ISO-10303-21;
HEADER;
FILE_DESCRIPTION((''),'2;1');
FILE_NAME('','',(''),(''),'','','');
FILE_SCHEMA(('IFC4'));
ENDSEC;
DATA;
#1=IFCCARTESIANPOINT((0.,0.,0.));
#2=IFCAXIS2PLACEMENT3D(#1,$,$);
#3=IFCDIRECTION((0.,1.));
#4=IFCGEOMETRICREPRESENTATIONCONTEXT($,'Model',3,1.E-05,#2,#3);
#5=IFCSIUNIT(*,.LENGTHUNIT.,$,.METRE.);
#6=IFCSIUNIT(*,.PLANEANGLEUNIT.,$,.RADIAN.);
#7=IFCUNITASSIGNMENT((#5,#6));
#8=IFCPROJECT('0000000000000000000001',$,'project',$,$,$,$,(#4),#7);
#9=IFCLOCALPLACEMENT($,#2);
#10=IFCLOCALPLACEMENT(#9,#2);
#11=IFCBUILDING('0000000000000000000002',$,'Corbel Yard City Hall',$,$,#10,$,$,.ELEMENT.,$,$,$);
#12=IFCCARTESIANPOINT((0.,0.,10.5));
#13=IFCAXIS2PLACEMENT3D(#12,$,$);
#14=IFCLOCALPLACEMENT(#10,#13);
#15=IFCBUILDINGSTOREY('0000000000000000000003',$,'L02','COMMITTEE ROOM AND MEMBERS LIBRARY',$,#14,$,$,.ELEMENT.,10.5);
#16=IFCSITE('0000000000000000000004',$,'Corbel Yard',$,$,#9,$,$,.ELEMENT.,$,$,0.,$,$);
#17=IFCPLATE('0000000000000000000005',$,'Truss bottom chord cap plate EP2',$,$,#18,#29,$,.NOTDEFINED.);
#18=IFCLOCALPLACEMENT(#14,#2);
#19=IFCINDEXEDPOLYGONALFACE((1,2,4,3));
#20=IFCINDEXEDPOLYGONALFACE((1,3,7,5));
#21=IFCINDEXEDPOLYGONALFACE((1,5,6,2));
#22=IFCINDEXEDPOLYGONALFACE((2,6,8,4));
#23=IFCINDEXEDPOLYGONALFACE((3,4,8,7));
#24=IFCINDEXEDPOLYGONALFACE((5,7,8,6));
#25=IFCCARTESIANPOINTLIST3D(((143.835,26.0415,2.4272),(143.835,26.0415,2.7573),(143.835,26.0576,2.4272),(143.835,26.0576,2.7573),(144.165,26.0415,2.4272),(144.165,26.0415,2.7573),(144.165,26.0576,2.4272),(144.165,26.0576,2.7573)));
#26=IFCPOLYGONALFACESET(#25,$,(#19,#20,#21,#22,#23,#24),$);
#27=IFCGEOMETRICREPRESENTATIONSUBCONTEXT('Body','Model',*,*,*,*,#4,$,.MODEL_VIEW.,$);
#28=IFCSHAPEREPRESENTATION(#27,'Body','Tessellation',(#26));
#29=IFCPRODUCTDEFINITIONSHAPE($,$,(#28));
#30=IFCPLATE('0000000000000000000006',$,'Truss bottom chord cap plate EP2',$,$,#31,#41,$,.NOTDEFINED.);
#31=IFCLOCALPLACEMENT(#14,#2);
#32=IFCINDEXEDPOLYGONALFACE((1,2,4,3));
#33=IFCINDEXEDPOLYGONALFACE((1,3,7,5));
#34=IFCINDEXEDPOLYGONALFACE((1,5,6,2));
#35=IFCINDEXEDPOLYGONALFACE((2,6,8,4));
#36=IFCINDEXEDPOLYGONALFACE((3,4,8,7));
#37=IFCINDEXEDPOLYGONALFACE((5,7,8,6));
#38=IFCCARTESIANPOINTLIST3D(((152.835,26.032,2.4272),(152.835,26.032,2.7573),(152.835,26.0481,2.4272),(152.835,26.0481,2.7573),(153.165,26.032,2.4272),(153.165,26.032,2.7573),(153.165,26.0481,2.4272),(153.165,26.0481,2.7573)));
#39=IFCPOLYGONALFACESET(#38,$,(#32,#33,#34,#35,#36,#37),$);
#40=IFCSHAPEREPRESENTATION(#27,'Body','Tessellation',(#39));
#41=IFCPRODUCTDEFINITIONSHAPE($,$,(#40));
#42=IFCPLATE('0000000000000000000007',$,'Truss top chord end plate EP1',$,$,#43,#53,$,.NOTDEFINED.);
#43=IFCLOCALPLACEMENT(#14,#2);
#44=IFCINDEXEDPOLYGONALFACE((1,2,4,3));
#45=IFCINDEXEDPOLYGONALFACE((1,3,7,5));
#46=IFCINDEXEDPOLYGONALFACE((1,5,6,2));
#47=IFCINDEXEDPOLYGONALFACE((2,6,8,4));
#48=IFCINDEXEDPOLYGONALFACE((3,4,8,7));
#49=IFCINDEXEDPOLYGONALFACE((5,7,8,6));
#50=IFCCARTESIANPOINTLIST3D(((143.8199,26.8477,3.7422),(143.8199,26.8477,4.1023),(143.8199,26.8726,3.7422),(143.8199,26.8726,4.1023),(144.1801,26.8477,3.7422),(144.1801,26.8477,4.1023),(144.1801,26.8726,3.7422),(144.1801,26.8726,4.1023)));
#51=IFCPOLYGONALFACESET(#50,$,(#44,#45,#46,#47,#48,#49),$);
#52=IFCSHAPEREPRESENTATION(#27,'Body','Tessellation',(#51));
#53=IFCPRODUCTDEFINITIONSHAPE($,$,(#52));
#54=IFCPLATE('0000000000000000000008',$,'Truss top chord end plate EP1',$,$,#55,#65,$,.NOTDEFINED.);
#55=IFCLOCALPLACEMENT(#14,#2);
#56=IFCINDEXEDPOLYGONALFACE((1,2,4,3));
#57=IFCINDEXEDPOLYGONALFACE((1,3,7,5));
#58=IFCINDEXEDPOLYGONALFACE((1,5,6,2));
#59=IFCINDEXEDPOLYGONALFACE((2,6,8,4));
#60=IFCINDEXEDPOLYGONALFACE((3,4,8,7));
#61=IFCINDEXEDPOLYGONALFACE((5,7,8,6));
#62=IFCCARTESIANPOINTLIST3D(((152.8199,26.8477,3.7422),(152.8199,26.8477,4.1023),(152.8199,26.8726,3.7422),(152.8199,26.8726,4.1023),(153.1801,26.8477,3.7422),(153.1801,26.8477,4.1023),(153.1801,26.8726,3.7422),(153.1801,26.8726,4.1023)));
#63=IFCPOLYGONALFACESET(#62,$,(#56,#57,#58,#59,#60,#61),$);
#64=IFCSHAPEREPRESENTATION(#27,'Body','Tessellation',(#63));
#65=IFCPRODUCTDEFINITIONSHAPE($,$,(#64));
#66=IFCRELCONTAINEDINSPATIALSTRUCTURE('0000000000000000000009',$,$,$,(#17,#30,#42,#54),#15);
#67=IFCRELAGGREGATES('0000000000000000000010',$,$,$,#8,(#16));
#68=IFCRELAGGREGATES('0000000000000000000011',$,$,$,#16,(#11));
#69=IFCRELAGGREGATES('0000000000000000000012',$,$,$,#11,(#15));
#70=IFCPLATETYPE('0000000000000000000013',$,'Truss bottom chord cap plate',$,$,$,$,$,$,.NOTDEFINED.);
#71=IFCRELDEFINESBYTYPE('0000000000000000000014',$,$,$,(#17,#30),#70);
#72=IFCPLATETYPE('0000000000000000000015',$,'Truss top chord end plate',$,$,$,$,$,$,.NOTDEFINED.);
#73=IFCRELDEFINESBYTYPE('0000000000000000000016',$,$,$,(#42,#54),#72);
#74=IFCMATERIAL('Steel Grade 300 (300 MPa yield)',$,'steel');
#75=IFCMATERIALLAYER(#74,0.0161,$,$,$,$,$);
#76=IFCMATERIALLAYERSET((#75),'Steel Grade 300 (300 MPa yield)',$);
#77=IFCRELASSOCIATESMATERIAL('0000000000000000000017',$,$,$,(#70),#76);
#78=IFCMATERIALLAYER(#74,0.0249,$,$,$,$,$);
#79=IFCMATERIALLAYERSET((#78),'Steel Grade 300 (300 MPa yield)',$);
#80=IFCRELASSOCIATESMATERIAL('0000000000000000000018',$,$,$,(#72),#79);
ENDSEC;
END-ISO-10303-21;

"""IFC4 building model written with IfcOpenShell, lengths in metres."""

from ifc_helpers import new_model, si_unit, direction, frame, origin, origin_2d, place, context, subcontext, project, spatial, rectangle, extrude, material, layer, layer_set, type_object, element, save


model = new_model("IFC4")

# Units and contexts
model_context = context("Model", 3, precision=1e-05, world=origin(), true_north=direction((0.0, 1.0)))
body_context = subcontext(model_context, "Body", "Model", "MODEL_VIEW")
ifc_project = project(units=[si_unit("LENGTHUNIT", "METRE"), si_unit("PLANEANGLEUNIT", "RADIAN")], contexts=[model_context])

# Site, building, storey
site_placement = place(None, origin())
site = spatial("IfcSite", under=ifc_project, at=site_placement, Name="Corbel Yard", CompositionType="ELEMENT", RefElevation=0.0)
building_placement = place(site_placement, origin())
building = spatial("IfcBuilding", under=site, at=building_placement, Name="Corbel Yard City Hall", CompositionType="ELEMENT")
storey_placement = place(building_placement, frame((0.0, 0.0, 10.5)))
storey = spatial("IfcBuildingStorey", under=building, at=storey_placement, Name="L02", Description="COMMITTEE ROOM AND MEMBERS LIBRARY", CompositionType="ELEMENT", Elevation=10.5)

# Shared definitions
ifc_material_1 = material(Name="Steel Grade 300 (300 MPa yield)", Category="steel")

# Plates
ifc_layer_1 = layer(ifc_material_1, 0.0161)
ifc_layer_set_1 = layer_set([ifc_layer_1], Name="Steel Grade 300 (300 MPa yield)")
plate_type_1 = type_object("IfcPlateType", Name="Truss bottom chord cap plate", PredefinedType="NOTDEFINED", material=ifc_layer_set_1)
for number, where, z_axis, x_axis, name in (
    (1, (144.0, 26.0496, 2.4272), (0.0, 0.0, 1.0), (1.0, 0.0, 0.0), "Truss bottom chord cap plate EP2"),
    (2, (153.0, 26.04, 2.4272), (0.0, 0.0, 1.0), (1.0, 0.0, 0.0), "Truss bottom chord cap plate EP2"),
):
    element("IfcPlate", number, at=place(storey_placement, frame(where, z_axis=z_axis, x_axis=x_axis)), inside=storey, type_object=plate_type_1, Name=name, PredefinedType="NOTDEFINED", context=body_context, shape_type="SweptSolid", body=[
        extrude(rectangle(XDim=0.3301, YDim=0.0161, at=origin_2d()), origin(), (0.0, 0.0, 1.0), 0.3301),
    ])
ifc_layer_2 = layer(ifc_material_1, 0.0249)
ifc_layer_set_2 = layer_set([ifc_layer_2], Name="Steel Grade 300 (300 MPa yield)")
plate_type_2 = type_object("IfcPlateType", Name="Truss top chord end plate", PredefinedType="NOTDEFINED", material=ifc_layer_set_2)
for number, where, z_axis, x_axis, name in (
    (3, (144.0, 26.8601, 3.7422), (0.0, 0.0, 1.0), (1.0, 0.0, 0.0), "Truss top chord end plate EP1"),
    (4, (153.0, 26.8601, 3.7422), (0.0, 0.0, 1.0), (1.0, 0.0, 0.0), "Truss top chord end plate EP1"),
):
    element("IfcPlate", number, at=place(storey_placement, frame(where, z_axis=z_axis, x_axis=x_axis)), inside=storey, type_object=plate_type_2, Name=name, PredefinedType="NOTDEFINED", context=body_context, shape_type="SweptSolid", body=[
        extrude(rectangle(XDim=0.3601, YDim=0.0249, at=origin_2d()), origin(), (0.0, 0.0, 1.0), 0.3601),
    ])

save(model, "model.ifc")
